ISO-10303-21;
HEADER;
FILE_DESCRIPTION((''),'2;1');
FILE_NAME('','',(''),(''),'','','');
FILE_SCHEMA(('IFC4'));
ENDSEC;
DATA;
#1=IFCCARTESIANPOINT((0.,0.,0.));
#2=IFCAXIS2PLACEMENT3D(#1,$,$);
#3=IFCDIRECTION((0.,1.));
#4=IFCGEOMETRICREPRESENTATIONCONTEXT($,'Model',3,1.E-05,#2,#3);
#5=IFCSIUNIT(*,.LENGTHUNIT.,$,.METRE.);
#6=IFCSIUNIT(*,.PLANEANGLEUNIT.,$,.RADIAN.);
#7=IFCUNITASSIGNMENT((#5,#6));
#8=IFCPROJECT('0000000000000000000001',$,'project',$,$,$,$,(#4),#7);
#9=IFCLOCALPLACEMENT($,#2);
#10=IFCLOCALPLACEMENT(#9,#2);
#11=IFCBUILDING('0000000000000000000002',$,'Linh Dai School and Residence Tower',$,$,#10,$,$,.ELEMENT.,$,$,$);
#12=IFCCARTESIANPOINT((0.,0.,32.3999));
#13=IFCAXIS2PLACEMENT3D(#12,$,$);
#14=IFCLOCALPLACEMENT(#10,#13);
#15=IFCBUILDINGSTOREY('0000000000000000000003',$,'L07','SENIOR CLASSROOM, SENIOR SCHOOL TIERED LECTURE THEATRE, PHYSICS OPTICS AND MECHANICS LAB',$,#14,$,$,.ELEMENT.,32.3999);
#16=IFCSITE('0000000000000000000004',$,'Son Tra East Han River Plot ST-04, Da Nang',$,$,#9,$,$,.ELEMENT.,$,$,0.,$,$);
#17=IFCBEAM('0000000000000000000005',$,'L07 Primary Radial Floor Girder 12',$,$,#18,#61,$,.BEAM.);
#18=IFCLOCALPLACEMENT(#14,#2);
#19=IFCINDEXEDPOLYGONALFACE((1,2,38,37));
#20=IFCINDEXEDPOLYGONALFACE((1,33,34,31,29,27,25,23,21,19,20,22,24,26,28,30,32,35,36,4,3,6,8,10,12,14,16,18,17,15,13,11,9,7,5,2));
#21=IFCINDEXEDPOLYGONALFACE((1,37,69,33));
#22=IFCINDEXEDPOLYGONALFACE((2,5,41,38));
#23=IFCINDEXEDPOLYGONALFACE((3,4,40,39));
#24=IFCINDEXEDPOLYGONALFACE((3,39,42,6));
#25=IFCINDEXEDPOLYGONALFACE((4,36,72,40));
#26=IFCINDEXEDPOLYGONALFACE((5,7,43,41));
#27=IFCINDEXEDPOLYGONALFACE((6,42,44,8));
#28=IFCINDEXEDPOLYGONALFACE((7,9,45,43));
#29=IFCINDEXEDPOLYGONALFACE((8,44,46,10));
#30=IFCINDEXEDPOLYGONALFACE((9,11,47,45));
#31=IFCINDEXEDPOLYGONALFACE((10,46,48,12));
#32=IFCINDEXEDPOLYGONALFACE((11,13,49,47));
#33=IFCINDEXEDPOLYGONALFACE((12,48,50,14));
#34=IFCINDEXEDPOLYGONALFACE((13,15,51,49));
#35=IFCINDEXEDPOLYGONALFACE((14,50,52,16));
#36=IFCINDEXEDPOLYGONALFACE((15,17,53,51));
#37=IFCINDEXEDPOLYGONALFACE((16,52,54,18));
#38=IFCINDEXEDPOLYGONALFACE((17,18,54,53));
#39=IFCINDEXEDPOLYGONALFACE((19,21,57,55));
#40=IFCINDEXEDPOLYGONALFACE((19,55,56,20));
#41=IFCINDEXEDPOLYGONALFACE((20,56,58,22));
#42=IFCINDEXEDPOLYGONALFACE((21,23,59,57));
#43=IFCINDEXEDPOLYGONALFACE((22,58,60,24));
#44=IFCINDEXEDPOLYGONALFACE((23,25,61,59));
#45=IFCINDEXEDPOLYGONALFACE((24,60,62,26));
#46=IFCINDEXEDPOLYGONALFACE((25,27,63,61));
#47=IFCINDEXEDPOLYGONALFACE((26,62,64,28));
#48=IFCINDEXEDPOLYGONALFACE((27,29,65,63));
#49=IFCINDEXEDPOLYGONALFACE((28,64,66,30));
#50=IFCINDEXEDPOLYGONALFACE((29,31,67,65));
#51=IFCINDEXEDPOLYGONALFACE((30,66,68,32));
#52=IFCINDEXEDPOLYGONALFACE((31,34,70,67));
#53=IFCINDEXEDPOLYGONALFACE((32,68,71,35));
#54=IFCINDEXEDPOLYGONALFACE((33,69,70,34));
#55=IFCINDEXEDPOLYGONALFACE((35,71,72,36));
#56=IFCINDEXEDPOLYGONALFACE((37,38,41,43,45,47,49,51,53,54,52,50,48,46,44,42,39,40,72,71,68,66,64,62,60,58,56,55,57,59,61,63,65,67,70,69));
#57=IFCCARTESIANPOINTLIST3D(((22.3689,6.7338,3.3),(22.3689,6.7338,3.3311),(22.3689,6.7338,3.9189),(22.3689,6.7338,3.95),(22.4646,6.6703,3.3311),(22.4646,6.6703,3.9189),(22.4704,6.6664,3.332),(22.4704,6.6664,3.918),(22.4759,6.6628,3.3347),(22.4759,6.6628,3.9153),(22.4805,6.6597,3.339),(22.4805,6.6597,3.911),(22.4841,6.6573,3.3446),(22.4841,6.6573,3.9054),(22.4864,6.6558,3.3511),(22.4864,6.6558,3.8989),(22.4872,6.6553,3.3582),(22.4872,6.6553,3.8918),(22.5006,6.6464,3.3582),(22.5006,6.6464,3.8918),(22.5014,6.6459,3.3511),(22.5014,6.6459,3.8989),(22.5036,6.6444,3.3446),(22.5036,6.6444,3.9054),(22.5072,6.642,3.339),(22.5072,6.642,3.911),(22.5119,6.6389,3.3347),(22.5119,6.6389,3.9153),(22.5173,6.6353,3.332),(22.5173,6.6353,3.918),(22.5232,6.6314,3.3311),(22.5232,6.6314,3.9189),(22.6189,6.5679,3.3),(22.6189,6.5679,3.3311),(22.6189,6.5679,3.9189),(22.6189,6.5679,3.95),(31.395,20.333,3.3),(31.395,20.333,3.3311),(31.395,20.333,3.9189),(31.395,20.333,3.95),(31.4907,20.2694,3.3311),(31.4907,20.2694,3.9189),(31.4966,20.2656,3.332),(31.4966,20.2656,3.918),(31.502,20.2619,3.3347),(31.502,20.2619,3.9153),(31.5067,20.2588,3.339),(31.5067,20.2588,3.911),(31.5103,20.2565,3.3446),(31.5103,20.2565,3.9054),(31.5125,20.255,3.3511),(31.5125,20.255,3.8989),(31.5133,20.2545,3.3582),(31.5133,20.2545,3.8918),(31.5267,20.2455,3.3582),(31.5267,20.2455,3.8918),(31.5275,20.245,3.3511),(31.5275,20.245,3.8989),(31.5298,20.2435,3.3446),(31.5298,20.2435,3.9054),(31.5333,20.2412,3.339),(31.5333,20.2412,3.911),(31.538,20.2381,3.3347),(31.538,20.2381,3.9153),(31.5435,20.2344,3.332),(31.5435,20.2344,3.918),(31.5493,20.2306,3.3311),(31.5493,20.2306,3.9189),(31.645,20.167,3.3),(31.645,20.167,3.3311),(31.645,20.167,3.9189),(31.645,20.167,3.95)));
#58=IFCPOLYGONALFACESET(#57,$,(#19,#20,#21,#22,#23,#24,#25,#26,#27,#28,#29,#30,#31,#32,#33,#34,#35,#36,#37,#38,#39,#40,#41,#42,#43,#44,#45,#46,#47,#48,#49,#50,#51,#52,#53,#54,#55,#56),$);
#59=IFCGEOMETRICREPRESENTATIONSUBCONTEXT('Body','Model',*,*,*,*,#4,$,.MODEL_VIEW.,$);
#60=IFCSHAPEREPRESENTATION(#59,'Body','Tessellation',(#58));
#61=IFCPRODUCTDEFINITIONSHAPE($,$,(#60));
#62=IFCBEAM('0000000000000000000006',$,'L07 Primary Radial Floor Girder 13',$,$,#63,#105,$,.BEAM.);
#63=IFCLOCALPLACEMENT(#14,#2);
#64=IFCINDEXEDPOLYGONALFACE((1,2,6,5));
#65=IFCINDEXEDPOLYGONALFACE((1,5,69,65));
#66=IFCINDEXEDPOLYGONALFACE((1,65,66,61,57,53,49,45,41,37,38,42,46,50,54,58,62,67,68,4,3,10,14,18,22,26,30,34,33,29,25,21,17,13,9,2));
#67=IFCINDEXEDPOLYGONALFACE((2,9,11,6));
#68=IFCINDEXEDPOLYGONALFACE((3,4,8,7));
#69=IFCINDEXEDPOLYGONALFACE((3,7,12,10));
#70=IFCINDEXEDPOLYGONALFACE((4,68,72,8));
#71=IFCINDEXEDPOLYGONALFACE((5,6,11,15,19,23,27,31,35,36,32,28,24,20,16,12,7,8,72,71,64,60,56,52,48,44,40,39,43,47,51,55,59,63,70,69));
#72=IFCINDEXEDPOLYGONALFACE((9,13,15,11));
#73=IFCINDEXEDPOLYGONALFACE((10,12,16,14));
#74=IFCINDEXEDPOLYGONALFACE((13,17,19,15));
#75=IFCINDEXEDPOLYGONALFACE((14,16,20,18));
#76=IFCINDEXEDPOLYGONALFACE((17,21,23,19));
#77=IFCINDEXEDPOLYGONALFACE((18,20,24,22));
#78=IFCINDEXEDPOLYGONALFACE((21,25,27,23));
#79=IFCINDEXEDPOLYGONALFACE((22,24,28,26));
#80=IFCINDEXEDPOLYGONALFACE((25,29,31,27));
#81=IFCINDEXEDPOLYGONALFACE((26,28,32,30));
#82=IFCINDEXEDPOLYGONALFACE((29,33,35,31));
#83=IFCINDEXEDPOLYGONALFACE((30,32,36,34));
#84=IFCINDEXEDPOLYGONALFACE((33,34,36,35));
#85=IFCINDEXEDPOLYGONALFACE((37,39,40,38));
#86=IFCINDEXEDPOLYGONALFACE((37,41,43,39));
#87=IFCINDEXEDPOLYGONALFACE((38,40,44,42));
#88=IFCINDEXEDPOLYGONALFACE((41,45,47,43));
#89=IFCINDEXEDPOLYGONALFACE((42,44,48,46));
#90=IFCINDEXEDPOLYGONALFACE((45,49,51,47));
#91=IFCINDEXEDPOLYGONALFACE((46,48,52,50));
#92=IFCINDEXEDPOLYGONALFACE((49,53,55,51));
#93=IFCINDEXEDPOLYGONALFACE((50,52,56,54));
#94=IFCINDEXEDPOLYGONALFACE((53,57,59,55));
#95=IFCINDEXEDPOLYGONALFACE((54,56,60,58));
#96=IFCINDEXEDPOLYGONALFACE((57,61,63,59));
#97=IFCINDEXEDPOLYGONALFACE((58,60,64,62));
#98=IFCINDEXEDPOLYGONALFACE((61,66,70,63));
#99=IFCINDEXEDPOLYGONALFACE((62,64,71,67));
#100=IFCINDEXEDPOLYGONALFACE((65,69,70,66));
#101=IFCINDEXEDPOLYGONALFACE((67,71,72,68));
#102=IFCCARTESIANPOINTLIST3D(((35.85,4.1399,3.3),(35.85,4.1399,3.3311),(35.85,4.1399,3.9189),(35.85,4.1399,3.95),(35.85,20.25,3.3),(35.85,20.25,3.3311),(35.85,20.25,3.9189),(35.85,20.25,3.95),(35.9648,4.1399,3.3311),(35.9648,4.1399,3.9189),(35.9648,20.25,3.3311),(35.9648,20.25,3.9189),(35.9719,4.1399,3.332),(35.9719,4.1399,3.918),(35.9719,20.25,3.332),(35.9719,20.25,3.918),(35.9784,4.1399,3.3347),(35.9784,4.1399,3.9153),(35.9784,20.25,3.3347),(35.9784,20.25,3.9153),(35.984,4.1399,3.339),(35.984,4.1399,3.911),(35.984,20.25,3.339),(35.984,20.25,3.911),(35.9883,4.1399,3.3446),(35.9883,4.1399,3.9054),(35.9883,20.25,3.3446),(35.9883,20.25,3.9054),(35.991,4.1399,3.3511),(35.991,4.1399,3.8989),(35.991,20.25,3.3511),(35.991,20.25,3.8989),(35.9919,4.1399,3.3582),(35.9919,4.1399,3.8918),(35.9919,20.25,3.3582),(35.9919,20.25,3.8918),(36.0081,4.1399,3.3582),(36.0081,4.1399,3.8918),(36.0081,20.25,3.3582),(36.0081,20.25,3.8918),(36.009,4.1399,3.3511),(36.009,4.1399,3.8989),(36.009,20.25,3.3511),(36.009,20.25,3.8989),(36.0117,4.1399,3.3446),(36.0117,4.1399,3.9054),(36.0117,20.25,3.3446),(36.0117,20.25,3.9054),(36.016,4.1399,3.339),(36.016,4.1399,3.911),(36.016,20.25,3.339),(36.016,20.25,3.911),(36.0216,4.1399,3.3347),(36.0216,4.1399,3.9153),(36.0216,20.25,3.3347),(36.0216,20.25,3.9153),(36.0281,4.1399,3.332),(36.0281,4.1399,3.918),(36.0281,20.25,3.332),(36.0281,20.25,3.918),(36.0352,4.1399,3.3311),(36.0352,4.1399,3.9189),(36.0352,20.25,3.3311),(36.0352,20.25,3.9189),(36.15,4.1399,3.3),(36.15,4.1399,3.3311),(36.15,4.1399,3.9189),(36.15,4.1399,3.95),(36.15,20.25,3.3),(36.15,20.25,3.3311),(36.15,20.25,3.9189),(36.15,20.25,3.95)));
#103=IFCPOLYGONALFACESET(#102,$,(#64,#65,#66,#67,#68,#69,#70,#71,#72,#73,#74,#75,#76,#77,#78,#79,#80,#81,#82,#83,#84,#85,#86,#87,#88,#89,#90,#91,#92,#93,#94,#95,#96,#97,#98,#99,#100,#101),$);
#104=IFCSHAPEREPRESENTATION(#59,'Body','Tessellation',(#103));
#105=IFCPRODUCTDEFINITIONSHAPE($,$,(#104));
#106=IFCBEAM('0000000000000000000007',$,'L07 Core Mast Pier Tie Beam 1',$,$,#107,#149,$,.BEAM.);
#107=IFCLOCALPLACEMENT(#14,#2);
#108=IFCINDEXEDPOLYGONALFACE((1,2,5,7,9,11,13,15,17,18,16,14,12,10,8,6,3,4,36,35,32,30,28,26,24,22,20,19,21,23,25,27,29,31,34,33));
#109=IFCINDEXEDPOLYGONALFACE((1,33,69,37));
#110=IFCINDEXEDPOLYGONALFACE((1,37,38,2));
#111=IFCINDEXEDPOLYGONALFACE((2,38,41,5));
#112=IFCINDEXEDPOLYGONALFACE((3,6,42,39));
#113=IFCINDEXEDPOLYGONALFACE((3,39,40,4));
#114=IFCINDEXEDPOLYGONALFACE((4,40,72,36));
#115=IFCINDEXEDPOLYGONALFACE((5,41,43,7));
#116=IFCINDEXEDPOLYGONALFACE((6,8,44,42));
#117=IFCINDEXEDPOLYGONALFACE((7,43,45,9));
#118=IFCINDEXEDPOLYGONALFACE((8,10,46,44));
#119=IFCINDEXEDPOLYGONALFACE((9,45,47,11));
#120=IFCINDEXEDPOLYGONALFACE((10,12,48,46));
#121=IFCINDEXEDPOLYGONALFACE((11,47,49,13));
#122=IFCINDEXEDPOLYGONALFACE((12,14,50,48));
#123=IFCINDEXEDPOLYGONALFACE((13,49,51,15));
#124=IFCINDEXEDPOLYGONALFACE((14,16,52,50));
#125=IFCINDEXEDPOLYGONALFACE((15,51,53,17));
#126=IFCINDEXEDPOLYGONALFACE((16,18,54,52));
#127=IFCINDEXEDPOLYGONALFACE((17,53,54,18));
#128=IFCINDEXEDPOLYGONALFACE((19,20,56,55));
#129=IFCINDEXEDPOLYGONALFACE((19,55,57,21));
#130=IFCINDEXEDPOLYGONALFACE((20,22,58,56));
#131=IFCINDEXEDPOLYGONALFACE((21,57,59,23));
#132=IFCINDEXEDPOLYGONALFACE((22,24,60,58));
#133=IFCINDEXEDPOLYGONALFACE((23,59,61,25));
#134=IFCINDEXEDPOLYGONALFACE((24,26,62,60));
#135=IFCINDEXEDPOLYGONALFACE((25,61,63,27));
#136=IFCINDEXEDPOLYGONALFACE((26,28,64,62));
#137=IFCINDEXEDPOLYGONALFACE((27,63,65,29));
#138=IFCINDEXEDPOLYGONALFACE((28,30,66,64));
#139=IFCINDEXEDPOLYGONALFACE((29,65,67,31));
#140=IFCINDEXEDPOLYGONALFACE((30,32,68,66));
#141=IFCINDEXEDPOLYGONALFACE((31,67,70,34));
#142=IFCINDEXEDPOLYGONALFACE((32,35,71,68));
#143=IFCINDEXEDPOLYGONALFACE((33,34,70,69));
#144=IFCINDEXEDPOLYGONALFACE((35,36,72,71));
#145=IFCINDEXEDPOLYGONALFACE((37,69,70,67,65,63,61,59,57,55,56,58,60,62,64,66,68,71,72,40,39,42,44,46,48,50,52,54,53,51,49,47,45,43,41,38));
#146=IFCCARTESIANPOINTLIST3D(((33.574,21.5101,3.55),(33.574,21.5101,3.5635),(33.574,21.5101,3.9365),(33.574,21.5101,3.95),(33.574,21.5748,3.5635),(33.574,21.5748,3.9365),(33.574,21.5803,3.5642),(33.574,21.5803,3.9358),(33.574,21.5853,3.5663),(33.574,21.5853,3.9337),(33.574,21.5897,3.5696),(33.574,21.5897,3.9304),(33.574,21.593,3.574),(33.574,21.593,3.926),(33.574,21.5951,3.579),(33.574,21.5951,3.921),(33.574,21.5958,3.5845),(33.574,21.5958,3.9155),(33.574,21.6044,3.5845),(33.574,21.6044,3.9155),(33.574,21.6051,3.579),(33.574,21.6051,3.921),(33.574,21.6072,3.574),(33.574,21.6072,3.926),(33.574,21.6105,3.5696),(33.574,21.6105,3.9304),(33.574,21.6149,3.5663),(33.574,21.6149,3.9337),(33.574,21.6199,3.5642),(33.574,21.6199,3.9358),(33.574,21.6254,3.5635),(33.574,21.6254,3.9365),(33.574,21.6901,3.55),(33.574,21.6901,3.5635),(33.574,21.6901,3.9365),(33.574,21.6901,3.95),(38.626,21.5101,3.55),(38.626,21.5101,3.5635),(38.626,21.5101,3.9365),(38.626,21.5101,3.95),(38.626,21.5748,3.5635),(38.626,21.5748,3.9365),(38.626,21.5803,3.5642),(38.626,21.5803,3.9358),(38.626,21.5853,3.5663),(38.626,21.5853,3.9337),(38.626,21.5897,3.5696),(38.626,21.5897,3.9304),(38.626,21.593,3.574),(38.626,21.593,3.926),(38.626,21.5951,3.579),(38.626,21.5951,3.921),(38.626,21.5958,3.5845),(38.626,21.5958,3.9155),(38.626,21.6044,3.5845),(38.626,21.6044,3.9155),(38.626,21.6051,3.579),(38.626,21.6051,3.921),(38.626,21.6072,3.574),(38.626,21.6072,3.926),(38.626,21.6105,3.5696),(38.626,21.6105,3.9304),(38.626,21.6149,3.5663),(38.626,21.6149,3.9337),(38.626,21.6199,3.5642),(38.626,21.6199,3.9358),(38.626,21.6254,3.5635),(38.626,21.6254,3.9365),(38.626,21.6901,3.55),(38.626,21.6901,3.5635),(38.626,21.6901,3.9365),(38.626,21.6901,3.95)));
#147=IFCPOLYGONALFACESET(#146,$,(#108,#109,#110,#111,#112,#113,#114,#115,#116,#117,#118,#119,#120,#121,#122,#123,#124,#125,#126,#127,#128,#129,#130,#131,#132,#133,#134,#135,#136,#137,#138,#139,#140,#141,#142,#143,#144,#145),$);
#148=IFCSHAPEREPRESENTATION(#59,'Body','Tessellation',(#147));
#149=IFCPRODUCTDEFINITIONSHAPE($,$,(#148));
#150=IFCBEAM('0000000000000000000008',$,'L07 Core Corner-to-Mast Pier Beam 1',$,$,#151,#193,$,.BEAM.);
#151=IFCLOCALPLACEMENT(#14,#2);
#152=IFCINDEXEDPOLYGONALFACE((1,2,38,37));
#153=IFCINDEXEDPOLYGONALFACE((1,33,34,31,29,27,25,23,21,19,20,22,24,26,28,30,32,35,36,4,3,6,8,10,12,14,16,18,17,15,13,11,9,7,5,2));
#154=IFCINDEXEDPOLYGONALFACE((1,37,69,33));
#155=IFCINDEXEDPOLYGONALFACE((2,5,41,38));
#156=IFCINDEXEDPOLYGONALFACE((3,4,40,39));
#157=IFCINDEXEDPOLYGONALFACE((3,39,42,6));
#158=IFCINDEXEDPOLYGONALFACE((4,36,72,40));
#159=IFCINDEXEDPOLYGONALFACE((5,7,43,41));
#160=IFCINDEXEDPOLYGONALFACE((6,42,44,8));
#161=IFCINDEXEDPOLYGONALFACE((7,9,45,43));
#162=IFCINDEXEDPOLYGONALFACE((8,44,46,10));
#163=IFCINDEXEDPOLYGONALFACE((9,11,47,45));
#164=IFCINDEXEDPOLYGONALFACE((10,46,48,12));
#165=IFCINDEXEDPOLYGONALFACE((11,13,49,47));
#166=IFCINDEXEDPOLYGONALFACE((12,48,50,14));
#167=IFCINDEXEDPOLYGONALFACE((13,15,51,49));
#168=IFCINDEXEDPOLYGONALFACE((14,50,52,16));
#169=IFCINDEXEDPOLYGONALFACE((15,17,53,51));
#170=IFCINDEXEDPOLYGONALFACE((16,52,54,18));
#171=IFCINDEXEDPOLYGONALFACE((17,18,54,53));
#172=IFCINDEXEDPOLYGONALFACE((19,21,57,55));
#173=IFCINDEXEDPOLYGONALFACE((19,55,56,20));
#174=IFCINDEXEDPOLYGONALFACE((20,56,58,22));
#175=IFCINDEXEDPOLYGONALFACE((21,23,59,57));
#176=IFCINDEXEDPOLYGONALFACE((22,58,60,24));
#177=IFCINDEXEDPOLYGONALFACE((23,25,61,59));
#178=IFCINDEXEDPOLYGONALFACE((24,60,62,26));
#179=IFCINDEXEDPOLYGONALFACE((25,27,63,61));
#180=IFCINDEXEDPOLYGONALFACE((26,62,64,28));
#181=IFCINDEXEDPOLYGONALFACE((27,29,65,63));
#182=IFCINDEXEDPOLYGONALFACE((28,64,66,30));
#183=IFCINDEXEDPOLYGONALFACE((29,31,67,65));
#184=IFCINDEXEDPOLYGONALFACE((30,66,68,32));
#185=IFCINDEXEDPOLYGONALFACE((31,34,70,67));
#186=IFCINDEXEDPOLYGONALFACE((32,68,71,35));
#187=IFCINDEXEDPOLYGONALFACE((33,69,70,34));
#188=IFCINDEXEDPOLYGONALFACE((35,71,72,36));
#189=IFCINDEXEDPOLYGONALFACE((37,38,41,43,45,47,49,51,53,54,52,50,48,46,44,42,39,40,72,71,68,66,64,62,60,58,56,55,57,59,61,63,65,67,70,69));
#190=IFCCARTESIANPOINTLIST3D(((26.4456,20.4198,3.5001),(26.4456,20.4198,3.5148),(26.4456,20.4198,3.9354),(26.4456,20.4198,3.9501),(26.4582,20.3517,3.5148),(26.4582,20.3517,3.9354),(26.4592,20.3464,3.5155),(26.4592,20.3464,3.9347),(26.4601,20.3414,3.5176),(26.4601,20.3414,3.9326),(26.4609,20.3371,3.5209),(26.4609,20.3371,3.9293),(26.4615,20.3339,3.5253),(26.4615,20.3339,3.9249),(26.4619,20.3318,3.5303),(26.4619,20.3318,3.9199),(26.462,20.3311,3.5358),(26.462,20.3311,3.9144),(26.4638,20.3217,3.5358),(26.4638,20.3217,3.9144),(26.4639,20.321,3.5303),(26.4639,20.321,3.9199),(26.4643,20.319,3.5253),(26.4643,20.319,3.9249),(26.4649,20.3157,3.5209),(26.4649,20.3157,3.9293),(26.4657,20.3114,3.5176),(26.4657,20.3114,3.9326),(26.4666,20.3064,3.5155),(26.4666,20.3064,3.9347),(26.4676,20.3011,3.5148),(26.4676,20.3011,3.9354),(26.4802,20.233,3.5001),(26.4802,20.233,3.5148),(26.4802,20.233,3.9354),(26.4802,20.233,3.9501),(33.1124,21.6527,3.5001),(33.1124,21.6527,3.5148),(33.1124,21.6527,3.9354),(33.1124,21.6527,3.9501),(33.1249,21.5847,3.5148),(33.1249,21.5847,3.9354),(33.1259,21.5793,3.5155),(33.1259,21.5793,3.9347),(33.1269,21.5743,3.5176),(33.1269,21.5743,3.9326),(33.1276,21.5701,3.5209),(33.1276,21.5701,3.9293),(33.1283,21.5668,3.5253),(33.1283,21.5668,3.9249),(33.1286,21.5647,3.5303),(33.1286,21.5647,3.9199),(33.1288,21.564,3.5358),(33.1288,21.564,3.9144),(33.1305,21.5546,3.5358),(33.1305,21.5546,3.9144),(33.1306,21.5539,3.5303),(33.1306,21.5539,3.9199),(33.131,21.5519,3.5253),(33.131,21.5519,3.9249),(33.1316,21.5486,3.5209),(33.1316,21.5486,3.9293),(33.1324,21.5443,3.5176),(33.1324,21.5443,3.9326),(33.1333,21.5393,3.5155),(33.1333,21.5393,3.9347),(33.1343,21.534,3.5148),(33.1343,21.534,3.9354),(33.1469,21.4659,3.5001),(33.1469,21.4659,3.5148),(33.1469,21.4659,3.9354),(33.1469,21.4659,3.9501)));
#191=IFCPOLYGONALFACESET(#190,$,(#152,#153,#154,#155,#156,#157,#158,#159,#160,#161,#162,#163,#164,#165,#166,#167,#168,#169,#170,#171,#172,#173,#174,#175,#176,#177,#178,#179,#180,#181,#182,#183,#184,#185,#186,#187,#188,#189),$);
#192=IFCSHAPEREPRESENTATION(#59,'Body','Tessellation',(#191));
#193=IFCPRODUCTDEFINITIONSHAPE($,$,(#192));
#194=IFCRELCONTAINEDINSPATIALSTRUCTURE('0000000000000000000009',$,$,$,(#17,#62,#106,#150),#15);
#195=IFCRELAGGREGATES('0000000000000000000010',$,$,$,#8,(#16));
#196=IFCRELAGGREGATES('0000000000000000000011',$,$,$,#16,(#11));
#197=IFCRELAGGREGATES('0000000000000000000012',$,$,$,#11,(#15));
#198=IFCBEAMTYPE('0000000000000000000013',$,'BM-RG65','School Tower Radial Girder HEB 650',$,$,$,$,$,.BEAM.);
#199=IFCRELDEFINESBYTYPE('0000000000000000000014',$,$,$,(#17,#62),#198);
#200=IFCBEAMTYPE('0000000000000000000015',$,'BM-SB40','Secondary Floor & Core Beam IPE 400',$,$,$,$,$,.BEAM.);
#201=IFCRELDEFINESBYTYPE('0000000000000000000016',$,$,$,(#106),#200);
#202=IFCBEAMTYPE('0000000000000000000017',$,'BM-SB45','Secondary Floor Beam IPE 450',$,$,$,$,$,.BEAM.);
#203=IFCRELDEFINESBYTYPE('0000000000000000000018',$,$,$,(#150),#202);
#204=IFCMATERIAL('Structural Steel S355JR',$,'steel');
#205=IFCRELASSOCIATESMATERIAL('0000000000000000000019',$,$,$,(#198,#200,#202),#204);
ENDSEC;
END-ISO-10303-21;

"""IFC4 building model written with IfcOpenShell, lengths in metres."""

from ifc_helpers import new_model, si_unit, direction, frame, origin, origin_2d, place, context, subcontext, project, spatial, i_section, extrude, material, material_profile, profile_set, type_object, element, save


model = new_model("IFC4")

# Units and contexts
model_context = context("Model", 3, precision=1e-05, world=origin(), true_north=direction((0.0, 1.0)))
body_context = subcontext(model_context, "Body", "Model", "MODEL_VIEW")
ifc_project = project(units=[si_unit("LENGTHUNIT", "METRE"), si_unit("PLANEANGLEUNIT", "RADIAN")], contexts=[model_context])

# Site, building, storey
site_placement = place(None, origin())
site = spatial("IfcSite", under=ifc_project, at=site_placement, Name="Son Tra East Han River Plot ST-04, Da Nang", CompositionType="ELEMENT", RefElevation=0.0)
building_placement = place(site_placement, origin())
building = spatial("IfcBuilding", under=site, at=building_placement, Name="Linh Dai School and Residence Tower", CompositionType="ELEMENT")
storey_placement = place(building_placement, frame((0.0, 0.0, 32.3999)))
storey = spatial("IfcBuildingStorey", under=building, at=storey_placement, Name="L07", Description="SENIOR CLASSROOM, SENIOR SCHOOL TIERED LECTURE THEATRE, PHYSICS OPTICS AND MECHANICS LAB", CompositionType="ELEMENT", Elevation=32.3999)

# Shared definitions
ifc_material_1 = material(Name="Structural Steel S355JR", Category="steel")

# Beams
ifc_material_profile_1 = material_profile(ifc_material_1, i_section(OverallWidth=0.3, OverallDepth=0.6499, WebThickness=0.0161, FlangeThickness=0.031, FilletRadius=0.0271, at=origin_2d()), Name="HEB 650")
ifc_profile_set_1 = profile_set([ifc_material_profile_1], Name="Structural Steel S355JR")
beam_type_1 = type_object("IfcBeamType", Name="BM-RG65", Description="School Tower Radial Girder HEB 650", PredefinedType="BEAM", material=ifc_profile_set_1)
beam_1_placement = place(storey_placement, frame((31.52, 20.25, 3.625), z_axis=(-0.553004, -0.833178, 0.0), x_axis=(0.833178, -0.553004, 0.0)))
element("IfcBeam", 1, at=beam_1_placement, inside=storey, type_object=beam_type_1, Name="L07 Primary Radial Floor Girder 12", PredefinedType="BEAM", context=body_context, shape_type="SweptSolid", body=[
    extrude(i_section(OverallWidth=0.3, OverallDepth=0.6499, WebThickness=0.0161, FlangeThickness=0.031, FilletRadius=0.0271, at=origin_2d()), origin(), (0.0, 0.0, 1.0), 16.322),
])
beam_2_placement = place(storey_placement, frame((36.0, 20.25, 3.625), z_axis=(0.0, -1.0, 0.0), x_axis=(1.0, 0.0, 0.0)))
element("IfcBeam", 2, at=beam_2_placement, inside=storey, type_object=beam_type_1, Name="L07 Primary Radial Floor Girder 13", PredefinedType="BEAM", context=body_context, shape_type="SweptSolid", body=[
    extrude(i_section(OverallWidth=0.3, OverallDepth=0.6499, WebThickness=0.0161, FlangeThickness=0.031, FilletRadius=0.0271, at=origin_2d()), origin(), (0.0, 0.0, 1.0), 16.1101),
])
ifc_material_profile_2 = material_profile(ifc_material_1, i_section(OverallWidth=0.1799, OverallDepth=0.3999, WebThickness=0.0085, FlangeThickness=0.0134, FilletRadius=0.021, at=origin_2d()), Name="IPE 400")
ifc_profile_set_2 = profile_set([ifc_material_profile_2], Name="Structural Steel S355JR")
beam_type_2 = type_object("IfcBeamType", Name="BM-SB40", Description="Secondary Floor & Core Beam IPE 400", PredefinedType="BEAM", material=ifc_profile_set_2)
beam_3_placement = place(storey_placement, frame((33.574, 21.6001, 3.75), z_axis=(1.0, 0.0, 0.0), x_axis=(0.0, 1.0, 0.0)))
element("IfcBeam", 3, at=beam_3_placement, inside=storey, type_object=beam_type_2, Name="L07 Core Mast Pier Tie Beam 1", PredefinedType="BEAM", context=body_context, shape_type="SweptSolid", body=[
    extrude(i_section(OverallWidth=0.1799, OverallDepth=0.3999, WebThickness=0.0085, FlangeThickness=0.0134, FilletRadius=0.021, at=origin_2d()), origin(), (0.0, 0.0, 1.0), 5.052),
])
ifc_material_profile_3 = material_profile(ifc_material_1, i_section(OverallWidth=0.1899, OverallDepth=0.45, WebThickness=0.0095, FlangeThickness=0.0146, FilletRadius=0.021, at=origin_2d()), Name="IPE 450")
ifc_profile_set_3 = profile_set([ifc_material_profile_3], Name="Structural Steel S355JR")
beam_type_3 = type_object("IfcBeamType", Name="BM-SB45", Description="Secondary Floor Beam IPE 450", PredefinedType="BEAM", material=ifc_profile_set_3)
beam_4_placement = place(storey_placement, frame((26.4629, 20.3264, 3.7251), z_axis=(0.983326, 0.181851, 0.0), x_axis=(-0.181851, 0.983326, 0.0)))
element("IfcBeam", 4, at=beam_4_placement, inside=storey, type_object=beam_type_3, Name="L07 Core Corner-to-Mast Pier Beam 1", PredefinedType="BEAM", context=body_context, shape_type="SweptSolid", body=[
    extrude(i_section(OverallWidth=0.1899, OverallDepth=0.45, WebThickness=0.0095, FlangeThickness=0.0146, FilletRadius=0.021, at=origin_2d()), origin(), (0.0, 0.0, 1.0), 6.7798),
])

save(model, "model.ifc")
